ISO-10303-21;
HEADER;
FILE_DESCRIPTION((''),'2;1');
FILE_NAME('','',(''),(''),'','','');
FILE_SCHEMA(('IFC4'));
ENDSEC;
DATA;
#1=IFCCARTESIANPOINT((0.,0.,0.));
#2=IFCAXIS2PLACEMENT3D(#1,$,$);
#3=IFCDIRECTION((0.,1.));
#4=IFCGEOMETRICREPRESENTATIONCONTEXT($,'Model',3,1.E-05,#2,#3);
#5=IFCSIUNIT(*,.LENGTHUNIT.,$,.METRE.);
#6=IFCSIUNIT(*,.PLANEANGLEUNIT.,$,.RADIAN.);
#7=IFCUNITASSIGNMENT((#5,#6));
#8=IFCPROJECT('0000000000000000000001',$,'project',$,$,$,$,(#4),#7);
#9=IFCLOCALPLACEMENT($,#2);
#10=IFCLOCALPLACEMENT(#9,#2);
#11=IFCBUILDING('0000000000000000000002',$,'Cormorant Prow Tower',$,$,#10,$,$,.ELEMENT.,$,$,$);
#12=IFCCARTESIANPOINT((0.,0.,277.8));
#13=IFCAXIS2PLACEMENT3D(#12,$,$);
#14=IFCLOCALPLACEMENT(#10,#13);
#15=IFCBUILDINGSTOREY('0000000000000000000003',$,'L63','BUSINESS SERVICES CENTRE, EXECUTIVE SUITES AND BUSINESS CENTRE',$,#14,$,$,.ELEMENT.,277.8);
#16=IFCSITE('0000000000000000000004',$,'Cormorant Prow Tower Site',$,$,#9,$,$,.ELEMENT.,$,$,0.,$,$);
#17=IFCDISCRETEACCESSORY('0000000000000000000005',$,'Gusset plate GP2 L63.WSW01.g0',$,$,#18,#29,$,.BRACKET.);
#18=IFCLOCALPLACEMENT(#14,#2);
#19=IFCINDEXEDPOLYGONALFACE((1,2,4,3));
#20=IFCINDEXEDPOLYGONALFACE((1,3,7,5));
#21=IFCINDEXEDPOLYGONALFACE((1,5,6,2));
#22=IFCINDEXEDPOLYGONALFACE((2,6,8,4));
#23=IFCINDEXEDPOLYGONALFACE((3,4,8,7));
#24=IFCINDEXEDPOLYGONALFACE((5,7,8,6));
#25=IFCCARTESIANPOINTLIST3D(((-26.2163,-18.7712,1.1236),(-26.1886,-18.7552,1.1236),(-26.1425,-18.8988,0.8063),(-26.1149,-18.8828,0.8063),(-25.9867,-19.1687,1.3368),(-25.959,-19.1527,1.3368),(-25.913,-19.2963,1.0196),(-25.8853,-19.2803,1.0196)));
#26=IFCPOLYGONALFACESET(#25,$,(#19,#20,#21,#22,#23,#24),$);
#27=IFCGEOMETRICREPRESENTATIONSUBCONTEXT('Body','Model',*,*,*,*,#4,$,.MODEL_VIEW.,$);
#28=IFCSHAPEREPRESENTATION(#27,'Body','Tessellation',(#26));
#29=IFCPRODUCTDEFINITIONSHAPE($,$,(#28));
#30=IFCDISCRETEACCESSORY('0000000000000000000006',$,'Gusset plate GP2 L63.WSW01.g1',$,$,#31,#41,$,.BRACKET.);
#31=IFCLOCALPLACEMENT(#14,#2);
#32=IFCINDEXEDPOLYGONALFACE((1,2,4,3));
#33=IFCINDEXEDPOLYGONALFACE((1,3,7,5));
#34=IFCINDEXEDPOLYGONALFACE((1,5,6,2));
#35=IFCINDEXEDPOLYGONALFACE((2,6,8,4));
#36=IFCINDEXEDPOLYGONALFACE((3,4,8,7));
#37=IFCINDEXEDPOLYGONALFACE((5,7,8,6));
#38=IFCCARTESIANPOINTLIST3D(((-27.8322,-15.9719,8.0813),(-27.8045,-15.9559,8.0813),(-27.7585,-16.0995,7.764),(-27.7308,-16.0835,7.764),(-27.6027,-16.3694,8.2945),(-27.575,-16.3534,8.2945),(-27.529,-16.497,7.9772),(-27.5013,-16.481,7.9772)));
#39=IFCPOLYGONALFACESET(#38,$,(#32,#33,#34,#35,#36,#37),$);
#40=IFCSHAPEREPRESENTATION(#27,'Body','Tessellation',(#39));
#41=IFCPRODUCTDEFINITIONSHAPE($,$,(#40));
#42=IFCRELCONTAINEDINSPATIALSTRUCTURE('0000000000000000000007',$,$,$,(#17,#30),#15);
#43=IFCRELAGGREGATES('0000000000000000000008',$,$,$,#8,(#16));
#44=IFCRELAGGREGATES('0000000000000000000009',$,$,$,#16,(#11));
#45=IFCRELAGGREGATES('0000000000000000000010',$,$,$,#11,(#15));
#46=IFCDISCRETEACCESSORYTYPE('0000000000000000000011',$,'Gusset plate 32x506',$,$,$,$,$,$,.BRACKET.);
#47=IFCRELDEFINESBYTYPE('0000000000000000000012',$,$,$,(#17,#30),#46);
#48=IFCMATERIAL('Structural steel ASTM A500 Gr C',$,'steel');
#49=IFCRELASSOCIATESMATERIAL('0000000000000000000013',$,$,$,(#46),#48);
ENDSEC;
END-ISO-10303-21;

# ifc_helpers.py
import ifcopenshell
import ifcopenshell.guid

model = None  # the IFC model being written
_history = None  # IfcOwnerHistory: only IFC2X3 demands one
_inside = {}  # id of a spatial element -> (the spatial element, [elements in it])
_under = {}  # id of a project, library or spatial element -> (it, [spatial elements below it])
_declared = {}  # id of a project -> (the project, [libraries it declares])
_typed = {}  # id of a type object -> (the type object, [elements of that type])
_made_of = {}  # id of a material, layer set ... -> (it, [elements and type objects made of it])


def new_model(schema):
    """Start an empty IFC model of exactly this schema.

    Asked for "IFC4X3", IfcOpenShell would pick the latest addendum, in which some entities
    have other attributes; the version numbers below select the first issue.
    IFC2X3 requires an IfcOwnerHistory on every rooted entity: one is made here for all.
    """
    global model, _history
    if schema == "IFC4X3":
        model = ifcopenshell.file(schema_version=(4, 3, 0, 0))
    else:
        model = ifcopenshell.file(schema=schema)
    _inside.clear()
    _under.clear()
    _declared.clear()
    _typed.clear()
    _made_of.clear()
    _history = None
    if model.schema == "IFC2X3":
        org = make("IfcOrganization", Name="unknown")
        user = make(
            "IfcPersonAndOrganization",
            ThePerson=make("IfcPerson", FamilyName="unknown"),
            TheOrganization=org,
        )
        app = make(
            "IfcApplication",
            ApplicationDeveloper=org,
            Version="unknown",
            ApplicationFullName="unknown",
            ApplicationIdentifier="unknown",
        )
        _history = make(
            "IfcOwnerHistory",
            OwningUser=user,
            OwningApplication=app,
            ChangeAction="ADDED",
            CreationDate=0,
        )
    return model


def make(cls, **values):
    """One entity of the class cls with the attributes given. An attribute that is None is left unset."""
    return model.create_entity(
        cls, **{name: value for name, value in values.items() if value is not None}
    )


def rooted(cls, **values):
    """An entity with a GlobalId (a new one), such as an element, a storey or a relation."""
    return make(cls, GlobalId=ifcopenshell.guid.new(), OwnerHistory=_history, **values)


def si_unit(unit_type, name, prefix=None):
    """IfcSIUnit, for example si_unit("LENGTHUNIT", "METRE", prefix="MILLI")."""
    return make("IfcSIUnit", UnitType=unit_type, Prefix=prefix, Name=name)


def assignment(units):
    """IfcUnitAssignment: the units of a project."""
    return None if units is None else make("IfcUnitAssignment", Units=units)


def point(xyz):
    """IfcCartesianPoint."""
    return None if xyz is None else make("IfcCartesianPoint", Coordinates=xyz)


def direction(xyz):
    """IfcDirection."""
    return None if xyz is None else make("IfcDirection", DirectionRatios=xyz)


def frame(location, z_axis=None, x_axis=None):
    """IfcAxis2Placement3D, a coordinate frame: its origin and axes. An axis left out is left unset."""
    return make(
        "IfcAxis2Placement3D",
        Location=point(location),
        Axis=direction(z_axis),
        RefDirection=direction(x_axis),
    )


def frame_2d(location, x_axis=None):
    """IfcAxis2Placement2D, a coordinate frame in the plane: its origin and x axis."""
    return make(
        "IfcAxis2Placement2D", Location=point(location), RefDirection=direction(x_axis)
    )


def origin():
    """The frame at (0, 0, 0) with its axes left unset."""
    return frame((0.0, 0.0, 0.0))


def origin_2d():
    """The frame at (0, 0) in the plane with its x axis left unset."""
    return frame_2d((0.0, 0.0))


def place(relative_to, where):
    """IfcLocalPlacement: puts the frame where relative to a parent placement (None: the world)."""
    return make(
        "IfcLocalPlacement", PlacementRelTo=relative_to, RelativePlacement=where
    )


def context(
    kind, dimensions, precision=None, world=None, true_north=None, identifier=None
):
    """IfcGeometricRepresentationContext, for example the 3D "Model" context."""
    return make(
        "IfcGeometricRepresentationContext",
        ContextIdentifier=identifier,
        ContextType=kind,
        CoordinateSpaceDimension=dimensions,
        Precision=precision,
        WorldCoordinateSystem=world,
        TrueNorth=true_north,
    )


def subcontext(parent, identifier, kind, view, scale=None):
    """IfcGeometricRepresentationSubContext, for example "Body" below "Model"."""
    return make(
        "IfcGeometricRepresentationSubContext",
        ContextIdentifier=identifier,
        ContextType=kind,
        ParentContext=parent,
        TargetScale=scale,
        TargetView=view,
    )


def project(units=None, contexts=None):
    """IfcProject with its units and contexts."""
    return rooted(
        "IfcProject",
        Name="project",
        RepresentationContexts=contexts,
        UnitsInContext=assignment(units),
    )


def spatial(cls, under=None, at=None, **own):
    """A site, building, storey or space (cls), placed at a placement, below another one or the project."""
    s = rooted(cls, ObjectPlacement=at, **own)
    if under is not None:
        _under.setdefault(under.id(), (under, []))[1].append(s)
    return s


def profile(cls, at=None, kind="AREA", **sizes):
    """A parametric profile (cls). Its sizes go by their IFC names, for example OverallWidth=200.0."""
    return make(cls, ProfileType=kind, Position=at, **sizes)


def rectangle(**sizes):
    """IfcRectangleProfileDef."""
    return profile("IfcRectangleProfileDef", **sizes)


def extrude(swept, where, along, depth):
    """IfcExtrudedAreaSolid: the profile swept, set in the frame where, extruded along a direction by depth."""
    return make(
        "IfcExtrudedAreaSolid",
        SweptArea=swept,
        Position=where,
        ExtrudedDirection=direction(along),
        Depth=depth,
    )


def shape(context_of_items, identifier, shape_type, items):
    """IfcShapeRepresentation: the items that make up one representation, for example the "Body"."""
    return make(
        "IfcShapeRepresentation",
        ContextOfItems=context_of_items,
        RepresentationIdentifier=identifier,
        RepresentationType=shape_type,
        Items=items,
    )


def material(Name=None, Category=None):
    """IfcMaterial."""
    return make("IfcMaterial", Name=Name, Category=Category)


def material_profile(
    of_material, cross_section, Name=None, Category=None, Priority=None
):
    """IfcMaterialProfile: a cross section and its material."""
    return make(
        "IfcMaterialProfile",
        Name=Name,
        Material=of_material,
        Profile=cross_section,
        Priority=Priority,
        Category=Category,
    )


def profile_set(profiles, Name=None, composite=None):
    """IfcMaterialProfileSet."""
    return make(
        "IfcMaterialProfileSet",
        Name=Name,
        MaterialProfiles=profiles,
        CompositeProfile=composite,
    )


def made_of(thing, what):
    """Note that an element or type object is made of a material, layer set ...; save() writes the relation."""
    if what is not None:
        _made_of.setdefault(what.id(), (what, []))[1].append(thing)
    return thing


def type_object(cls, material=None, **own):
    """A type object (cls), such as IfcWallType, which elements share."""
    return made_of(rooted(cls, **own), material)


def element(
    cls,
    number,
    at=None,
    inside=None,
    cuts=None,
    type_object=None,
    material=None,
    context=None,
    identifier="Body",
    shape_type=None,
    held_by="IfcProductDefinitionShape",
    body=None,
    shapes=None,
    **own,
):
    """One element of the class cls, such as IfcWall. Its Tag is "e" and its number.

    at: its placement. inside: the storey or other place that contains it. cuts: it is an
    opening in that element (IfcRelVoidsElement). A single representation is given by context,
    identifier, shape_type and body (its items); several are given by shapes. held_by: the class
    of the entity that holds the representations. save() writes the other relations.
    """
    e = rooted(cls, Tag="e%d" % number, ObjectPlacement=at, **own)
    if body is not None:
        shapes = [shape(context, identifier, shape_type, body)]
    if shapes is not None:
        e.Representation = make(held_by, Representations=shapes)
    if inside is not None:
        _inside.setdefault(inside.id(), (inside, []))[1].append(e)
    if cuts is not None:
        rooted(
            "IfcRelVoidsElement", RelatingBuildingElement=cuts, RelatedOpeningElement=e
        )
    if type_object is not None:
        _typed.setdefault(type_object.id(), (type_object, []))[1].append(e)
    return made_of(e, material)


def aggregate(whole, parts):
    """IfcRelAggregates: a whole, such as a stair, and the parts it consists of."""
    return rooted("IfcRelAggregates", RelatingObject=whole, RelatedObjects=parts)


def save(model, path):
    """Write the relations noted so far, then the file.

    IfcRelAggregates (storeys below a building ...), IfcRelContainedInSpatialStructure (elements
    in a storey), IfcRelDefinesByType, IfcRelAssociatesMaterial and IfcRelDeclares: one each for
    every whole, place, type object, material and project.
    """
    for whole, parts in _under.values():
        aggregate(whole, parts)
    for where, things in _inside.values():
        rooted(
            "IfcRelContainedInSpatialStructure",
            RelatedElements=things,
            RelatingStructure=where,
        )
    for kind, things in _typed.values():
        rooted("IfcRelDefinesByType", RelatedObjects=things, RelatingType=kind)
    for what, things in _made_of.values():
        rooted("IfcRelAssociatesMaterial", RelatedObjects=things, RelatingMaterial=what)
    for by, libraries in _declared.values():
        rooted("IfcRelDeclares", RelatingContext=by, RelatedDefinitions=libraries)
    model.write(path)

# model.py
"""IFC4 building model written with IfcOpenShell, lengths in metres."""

from ifc_helpers import new_model, si_unit, direction, frame, origin, origin_2d, place, context, subcontext, project, spatial, rectangle, extrude, material, material_profile, profile_set, type_object, element, save


model = new_model("IFC4")

# Units and contexts
model_context = context("Model", 3, precision=1e-05, world=origin(), true_north=direction((0.0, 1.0)))
body_context = subcontext(model_context, "Body", "Model", "MODEL_VIEW")
ifc_project = project(units=[si_unit("LENGTHUNIT", "METRE"), si_unit("PLANEANGLEUNIT", "RADIAN")], contexts=[model_context])

# Site, building, storey
site_placement = place(None, origin())
site = spatial("IfcSite", under=ifc_project, at=site_placement, Name="Cormorant Prow Tower Site", CompositionType="ELEMENT", RefElevation=0.0)
building_placement = place(site_placement, origin())
building = spatial("IfcBuilding", under=site, at=building_placement, Name="Cormorant Prow Tower", CompositionType="ELEMENT")
storey_placement = place(building_placement, frame((0.0, 0.0, 277.8)))
storey = spatial("IfcBuildingStorey", under=building, at=storey_placement, Name="L63", Description="BUSINESS SERVICES CENTRE, EXECUTIVE SUITES AND BUSINESS CENTRE", CompositionType="ELEMENT", Elevation=277.8)

# Discrete accessories
ifc_material_1 = material(Name="Structural steel ASTM A500 Gr C", Category="steel")
ifc_material_profile_1 = material_profile(ifc_material_1, rectangle(XDim=0.032, YDim=0.5061, at=origin_2d()), Name="Gusset plate 32x506")
ifc_profile_set_1 = profile_set([ifc_material_profile_1], Name="Structural steel ASTM A500 Gr C")
discrete_accessory_type = type_object("IfcDiscreteAccessoryType", Name="Gusset plate 32x506", PredefinedType="BRACKET", material=ifc_profile_set_1)
for number, where, z_axis, x_axis, name in (
    (1, (-26.0876, -18.9619, 1.2302), (0.210683, -0.364858, -0.906913), (0.865993, 0.500057, 0.0), "Gusset plate GP2 L63.WSW01.g0"),
    (2, (-27.6299, -16.2903, 7.8706), (-0.210683, 0.364858, 0.906913), (-0.865993, -0.500057, 0.0), "Gusset plate GP2 L63.WSW01.g1"),
):
    element("IfcDiscreteAccessory", number, at=place(storey_placement, frame(where, z_axis=z_axis, x_axis=x_axis)), inside=storey, type_object=discrete_accessory_type, Name=name, PredefinedType="BRACKET", context=body_context, shape_type="SweptSolid", body=[
        extrude(rectangle(XDim=0.032, YDim=0.5061, at=origin_2d()), origin(), (0.0, 0.0, 1.0), 0.3499),
    ])

save(model, "model.ifc")
